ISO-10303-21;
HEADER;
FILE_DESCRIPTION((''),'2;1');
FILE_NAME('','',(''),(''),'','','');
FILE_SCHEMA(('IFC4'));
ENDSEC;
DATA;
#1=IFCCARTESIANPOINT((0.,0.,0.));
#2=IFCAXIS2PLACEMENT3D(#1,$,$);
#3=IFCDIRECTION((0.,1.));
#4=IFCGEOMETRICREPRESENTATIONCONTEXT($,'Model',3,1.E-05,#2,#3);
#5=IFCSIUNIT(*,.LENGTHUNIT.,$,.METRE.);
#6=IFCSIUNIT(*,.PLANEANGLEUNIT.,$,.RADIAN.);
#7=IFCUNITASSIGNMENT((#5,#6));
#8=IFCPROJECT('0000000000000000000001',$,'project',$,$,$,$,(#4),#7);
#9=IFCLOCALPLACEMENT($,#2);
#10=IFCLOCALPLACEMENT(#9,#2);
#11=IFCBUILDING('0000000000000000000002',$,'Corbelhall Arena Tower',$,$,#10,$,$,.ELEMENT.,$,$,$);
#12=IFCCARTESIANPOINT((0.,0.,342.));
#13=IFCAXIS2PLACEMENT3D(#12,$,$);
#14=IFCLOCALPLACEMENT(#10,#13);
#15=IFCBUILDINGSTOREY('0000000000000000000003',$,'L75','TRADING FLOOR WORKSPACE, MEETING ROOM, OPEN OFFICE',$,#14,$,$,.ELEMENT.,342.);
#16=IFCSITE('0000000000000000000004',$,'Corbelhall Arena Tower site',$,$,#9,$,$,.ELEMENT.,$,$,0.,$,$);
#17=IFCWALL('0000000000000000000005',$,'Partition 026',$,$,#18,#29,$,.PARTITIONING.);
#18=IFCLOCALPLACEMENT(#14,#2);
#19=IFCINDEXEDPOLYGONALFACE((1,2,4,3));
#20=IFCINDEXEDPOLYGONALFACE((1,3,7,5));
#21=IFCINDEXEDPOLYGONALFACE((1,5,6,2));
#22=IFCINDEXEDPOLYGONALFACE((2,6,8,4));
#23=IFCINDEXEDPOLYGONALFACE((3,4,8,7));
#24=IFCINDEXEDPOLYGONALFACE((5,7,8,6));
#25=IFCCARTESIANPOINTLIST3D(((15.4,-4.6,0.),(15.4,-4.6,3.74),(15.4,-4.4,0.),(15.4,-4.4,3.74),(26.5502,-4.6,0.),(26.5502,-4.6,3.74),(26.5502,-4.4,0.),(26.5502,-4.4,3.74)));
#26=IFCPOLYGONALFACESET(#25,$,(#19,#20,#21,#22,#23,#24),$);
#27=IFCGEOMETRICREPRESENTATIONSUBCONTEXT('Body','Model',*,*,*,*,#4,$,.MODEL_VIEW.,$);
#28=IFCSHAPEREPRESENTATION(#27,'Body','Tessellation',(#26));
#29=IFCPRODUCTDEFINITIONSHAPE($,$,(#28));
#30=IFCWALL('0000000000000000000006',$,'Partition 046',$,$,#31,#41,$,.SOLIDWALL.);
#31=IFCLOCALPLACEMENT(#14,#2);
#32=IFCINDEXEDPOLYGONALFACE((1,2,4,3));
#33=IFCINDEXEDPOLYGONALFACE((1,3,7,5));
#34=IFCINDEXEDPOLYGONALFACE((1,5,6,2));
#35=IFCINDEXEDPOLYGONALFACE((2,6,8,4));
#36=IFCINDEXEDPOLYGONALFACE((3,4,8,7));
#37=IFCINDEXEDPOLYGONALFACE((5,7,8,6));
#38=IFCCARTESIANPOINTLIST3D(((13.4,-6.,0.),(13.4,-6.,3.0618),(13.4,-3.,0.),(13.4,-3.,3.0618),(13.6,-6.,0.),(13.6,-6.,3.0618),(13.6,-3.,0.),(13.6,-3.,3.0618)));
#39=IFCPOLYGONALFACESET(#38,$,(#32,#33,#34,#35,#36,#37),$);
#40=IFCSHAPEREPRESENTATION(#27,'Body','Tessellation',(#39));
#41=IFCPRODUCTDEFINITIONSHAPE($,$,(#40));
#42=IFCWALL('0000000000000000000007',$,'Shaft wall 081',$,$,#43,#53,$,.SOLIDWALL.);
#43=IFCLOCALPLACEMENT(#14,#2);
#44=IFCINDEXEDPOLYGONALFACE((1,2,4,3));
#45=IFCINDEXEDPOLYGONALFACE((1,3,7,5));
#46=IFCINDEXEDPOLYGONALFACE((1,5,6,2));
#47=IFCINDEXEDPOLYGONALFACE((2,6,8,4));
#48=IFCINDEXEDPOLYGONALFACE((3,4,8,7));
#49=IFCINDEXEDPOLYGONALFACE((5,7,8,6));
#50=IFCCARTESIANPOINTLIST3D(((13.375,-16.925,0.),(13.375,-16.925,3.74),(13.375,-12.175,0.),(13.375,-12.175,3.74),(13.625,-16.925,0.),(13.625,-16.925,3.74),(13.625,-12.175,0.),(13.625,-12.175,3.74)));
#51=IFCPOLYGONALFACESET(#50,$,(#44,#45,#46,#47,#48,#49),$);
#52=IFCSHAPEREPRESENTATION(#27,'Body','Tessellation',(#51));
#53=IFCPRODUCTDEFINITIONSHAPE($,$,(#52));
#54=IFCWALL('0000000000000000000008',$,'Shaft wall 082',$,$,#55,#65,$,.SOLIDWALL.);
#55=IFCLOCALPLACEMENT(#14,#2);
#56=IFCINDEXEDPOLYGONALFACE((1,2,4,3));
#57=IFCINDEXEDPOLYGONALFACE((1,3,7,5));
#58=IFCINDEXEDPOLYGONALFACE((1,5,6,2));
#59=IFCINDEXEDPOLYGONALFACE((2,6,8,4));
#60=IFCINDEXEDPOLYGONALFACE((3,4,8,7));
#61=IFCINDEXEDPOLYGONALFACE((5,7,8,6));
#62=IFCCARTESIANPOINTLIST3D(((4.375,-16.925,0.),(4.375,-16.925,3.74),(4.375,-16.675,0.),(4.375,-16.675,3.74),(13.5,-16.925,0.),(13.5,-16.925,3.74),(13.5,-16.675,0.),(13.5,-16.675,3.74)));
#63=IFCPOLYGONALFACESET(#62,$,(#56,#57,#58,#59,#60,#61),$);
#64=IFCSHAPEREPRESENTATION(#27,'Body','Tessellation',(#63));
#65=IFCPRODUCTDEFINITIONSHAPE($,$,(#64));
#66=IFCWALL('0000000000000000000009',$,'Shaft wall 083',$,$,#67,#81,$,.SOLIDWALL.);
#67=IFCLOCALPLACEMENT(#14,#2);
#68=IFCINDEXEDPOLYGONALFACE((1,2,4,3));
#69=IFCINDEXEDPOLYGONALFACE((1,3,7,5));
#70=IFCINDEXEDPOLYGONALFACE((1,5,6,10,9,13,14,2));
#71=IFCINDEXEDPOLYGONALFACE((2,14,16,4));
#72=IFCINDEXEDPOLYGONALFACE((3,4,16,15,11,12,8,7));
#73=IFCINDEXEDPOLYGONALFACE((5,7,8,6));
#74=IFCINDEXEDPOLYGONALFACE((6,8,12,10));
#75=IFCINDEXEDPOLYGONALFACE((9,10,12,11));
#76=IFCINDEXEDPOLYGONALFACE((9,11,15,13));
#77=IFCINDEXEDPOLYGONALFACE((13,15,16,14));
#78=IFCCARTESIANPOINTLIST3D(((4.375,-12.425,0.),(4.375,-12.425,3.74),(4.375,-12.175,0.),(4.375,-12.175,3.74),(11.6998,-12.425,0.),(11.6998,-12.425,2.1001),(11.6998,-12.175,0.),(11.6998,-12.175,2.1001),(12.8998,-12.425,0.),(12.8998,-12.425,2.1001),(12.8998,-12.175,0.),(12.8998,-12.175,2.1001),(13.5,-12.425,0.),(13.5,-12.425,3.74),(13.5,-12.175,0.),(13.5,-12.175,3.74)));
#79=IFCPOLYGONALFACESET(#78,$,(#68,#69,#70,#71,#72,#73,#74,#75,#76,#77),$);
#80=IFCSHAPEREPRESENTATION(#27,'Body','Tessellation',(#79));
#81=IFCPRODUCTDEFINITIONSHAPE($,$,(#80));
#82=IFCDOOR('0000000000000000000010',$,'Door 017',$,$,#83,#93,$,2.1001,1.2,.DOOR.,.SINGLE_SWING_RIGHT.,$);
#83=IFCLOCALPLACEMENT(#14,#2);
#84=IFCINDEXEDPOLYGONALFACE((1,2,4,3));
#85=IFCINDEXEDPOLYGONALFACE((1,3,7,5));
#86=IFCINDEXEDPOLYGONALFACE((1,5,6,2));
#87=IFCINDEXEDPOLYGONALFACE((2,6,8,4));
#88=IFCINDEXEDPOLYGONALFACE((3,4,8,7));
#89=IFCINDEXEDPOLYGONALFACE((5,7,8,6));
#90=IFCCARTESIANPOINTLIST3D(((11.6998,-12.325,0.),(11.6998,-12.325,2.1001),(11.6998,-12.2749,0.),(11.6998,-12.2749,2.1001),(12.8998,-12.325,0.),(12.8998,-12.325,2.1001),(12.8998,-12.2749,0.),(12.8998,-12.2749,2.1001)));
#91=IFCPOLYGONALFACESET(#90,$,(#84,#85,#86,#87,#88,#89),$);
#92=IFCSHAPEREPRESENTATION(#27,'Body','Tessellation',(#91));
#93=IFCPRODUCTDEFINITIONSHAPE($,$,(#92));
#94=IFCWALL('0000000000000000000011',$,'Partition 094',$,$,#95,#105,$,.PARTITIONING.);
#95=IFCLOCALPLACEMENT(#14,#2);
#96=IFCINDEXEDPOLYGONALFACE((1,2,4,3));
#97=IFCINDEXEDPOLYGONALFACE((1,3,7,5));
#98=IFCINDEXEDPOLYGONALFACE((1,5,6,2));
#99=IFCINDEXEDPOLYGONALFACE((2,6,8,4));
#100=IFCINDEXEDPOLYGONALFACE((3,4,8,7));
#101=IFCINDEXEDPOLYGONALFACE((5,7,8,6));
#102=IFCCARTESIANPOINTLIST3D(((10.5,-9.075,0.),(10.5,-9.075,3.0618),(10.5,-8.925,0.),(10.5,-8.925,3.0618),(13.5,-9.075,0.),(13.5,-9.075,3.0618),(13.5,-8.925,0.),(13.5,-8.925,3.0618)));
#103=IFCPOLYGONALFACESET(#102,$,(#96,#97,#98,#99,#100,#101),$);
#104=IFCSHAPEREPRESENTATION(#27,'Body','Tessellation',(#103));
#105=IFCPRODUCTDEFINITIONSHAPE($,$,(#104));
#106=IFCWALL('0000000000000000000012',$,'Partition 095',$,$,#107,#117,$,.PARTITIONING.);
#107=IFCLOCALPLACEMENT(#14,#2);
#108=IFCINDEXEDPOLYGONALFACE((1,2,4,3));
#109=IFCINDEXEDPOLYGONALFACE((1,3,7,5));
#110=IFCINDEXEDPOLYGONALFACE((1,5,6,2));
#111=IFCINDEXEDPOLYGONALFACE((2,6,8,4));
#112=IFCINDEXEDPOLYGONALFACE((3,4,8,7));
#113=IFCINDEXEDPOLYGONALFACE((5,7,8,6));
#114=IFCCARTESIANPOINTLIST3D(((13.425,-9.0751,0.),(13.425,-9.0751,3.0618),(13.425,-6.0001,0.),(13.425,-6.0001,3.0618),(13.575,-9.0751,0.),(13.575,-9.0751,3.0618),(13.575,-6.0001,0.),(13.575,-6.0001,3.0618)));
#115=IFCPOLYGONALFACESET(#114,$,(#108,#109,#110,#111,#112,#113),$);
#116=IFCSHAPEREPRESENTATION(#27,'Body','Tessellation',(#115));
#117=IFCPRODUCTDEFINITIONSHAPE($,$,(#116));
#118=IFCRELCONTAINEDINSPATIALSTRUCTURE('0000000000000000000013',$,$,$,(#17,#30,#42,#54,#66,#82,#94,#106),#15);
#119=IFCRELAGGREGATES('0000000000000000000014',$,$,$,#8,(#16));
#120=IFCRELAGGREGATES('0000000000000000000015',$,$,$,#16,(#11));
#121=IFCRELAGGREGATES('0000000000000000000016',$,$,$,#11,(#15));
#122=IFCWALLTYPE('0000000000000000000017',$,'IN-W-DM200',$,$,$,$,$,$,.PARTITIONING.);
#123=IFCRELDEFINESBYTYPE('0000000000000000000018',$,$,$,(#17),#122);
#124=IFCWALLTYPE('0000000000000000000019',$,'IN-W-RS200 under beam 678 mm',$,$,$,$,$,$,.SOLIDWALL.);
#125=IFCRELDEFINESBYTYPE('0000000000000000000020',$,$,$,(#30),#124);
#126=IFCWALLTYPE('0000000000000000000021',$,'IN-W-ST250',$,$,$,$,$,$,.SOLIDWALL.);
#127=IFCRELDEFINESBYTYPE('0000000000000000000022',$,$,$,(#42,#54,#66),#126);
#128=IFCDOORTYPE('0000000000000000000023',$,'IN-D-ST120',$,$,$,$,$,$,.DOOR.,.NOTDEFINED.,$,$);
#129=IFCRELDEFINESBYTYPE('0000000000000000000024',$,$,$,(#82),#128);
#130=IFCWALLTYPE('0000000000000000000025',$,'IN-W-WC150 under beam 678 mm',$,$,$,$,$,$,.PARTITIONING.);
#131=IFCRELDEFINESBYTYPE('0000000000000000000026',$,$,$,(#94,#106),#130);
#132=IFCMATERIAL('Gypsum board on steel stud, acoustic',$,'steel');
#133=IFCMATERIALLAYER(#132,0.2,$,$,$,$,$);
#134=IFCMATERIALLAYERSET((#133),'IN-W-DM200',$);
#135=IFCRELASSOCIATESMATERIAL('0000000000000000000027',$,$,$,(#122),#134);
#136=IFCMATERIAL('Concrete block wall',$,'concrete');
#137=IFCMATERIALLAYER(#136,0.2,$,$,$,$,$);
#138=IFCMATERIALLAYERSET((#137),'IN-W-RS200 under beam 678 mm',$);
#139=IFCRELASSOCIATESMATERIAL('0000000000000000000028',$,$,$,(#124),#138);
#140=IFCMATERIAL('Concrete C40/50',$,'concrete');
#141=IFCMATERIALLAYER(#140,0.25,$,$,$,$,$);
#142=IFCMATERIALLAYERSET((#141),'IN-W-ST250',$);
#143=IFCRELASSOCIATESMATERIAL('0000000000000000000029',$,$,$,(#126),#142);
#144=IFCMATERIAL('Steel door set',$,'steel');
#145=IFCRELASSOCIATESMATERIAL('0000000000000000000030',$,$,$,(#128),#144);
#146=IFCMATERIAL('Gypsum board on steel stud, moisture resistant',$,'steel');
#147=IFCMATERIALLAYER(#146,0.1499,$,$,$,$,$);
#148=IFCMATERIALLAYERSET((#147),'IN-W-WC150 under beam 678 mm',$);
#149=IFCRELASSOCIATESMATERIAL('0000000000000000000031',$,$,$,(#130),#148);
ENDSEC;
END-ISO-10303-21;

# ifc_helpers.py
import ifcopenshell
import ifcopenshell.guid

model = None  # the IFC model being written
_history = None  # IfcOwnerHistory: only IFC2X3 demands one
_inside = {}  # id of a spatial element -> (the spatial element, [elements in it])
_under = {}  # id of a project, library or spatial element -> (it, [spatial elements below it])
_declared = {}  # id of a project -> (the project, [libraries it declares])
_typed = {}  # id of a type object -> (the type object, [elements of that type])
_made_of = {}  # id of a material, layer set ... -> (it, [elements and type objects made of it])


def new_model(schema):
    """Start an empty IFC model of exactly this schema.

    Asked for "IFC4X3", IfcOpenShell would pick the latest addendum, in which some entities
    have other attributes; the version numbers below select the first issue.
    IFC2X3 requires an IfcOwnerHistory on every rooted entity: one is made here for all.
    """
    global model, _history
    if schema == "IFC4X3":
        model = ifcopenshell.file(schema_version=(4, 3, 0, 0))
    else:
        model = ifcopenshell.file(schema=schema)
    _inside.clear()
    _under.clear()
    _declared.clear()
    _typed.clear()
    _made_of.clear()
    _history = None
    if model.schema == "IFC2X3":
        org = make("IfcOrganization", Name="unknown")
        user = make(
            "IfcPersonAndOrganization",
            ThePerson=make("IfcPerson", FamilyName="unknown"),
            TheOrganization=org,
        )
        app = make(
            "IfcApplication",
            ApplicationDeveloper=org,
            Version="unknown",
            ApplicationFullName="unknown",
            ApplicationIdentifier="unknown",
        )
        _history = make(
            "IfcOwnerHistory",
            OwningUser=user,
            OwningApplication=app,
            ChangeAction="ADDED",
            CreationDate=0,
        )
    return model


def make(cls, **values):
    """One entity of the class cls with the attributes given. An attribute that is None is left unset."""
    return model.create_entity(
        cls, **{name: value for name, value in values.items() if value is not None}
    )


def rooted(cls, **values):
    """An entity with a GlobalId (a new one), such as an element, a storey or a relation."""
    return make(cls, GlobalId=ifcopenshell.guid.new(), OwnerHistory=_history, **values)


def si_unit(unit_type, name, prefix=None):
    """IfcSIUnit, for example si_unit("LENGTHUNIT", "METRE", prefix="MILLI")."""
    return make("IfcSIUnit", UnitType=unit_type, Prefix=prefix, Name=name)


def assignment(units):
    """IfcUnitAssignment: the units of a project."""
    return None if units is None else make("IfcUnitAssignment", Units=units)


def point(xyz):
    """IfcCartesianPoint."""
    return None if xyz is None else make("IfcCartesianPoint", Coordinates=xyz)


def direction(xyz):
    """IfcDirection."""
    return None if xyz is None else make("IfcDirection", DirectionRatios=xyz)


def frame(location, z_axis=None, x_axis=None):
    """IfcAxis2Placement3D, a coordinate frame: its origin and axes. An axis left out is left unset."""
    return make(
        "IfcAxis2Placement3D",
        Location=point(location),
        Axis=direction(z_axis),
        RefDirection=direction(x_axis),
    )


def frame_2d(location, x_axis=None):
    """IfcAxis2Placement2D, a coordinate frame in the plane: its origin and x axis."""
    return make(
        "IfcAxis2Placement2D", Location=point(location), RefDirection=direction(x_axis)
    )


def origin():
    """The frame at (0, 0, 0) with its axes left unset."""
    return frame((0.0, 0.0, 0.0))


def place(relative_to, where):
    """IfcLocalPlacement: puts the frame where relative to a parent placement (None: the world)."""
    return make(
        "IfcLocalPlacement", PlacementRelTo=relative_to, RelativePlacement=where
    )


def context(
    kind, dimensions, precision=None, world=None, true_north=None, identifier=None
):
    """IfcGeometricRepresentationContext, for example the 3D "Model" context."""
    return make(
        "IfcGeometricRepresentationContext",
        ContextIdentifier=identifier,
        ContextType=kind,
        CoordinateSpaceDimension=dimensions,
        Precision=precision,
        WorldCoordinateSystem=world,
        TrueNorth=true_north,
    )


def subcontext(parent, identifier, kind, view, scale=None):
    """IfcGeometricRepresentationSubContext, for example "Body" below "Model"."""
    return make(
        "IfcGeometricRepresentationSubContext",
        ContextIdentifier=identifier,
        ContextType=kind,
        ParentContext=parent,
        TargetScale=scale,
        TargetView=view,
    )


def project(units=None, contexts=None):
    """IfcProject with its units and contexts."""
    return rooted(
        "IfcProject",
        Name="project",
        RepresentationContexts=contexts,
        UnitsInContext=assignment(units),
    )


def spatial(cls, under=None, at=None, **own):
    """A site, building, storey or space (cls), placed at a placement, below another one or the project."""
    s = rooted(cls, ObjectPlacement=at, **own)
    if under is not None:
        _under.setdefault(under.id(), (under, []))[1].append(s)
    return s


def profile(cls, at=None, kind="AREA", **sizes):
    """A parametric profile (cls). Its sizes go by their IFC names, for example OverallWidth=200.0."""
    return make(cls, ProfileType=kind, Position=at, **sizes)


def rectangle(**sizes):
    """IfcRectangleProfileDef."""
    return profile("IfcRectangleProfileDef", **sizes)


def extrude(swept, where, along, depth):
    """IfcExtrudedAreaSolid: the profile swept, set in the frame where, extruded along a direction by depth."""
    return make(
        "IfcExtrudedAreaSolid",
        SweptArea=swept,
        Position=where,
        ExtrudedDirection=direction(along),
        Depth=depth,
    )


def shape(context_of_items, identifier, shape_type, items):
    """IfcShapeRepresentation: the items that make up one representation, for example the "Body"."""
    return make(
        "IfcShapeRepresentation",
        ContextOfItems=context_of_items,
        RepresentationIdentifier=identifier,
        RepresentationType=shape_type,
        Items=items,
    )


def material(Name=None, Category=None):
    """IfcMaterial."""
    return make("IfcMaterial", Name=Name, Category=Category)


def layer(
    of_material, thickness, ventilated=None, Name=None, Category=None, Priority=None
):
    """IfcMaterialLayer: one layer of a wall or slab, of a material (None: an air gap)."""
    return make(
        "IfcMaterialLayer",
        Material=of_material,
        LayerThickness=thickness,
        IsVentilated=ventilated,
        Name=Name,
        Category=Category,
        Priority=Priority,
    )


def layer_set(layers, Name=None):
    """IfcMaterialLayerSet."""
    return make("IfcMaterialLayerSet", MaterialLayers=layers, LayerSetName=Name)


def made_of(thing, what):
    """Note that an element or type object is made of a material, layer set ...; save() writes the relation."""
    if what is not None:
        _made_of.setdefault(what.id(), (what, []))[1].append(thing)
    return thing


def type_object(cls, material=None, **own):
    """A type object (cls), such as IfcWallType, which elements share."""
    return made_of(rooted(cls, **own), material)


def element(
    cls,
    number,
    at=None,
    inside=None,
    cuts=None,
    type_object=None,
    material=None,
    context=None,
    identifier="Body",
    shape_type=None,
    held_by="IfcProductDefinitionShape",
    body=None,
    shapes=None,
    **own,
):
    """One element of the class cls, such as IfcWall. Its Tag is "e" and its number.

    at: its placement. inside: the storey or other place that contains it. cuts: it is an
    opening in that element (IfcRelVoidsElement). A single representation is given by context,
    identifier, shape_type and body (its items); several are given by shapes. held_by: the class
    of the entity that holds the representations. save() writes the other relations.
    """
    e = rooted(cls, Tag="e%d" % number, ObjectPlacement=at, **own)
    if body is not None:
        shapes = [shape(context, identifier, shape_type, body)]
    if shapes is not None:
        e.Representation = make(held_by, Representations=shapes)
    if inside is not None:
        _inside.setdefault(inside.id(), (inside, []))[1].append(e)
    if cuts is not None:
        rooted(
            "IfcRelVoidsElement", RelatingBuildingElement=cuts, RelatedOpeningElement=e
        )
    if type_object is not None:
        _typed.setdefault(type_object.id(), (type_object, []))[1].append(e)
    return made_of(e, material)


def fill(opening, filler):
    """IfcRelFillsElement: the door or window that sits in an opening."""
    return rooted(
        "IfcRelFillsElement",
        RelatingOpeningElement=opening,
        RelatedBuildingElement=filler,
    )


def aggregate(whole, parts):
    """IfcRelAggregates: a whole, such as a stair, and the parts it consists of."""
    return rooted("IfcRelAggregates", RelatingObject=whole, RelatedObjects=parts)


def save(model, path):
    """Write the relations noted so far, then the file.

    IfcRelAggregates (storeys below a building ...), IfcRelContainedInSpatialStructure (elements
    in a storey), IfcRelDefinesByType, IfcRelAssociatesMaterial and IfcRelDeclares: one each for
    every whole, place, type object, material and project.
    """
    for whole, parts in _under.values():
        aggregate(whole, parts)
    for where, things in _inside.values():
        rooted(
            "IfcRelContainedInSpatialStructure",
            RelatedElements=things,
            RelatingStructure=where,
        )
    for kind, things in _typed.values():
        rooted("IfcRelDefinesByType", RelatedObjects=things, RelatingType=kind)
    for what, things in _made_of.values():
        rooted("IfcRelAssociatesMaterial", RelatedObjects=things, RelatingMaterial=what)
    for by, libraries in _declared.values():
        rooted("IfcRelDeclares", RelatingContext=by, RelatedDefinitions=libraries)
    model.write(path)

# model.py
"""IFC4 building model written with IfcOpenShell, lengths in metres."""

from ifc_helpers import new_model, si_unit, direction, frame, frame_2d, origin, place, context, subcontext, project, spatial, rectangle, extrude, material, layer, layer_set, type_object, element, fill, save


model = new_model("IFC4")

# Units and contexts
model_context = context("Model", 3, precision=1e-05, world=origin(), true_north=direction((0.0, 1.0)))
body_context = subcontext(model_context, "Body", "Model", "MODEL_VIEW")
ifc_project = project(units=[si_unit("LENGTHUNIT", "METRE"), si_unit("PLANEANGLEUNIT", "RADIAN")], contexts=[model_context])

# Site, building, storey
site_placement = place(None, origin())
site = spatial("IfcSite", under=ifc_project, at=site_placement, Name="Corbelhall Arena Tower site", CompositionType="ELEMENT", RefElevation=0.0)
building_placement = place(site_placement, origin())
building = spatial("IfcBuilding", under=site, at=building_placement, Name="Corbelhall Arena Tower", CompositionType="ELEMENT")
storey_placement = place(building_placement, frame((0.0, 0.0, 342.0)))
storey = spatial("IfcBuildingStorey", under=building, at=storey_placement, Name="L75", Description="TRADING FLOOR WORKSPACE, MEETING ROOM, OPEN OFFICE", CompositionType="ELEMENT", Elevation=342.0)

# Walls
ifc_material_1 = material(Name="Gypsum board on steel stud, acoustic", Category="steel")
ifc_layer_1 = layer(ifc_material_1, 0.2)
ifc_layer_set_1 = layer_set([ifc_layer_1], Name="IN-W-DM200")
wall_type_1 = type_object("IfcWallType", Name="IN-W-DM200", PredefinedType="PARTITIONING", material=ifc_layer_set_1)
for number, where, z_axis, x_axis, name in (
    (1, (15.3999, -4.5, 0.0), (0.0, 0.0, 1.0), (1.0, 0.0, 0.0), "Partition 026"),
):
    element("IfcWall", number, at=place(storey_placement, frame(where, z_axis=z_axis, x_axis=x_axis)), inside=storey, type_object=wall_type_1, Name=name, PredefinedType="PARTITIONING", context=body_context, shape_type="SweptSolid", body=[
        extrude(rectangle(XDim=11.1501, YDim=0.2, at=frame_2d((5.5752, 0.0))), origin(), (0.0, 0.0, 1.0), 3.74),
    ])
ifc_material_2 = material(Name="Concrete block wall", Category="concrete")
ifc_layer_2 = layer(ifc_material_2, 0.2)
ifc_layer_set_2 = layer_set([ifc_layer_2], Name="IN-W-RS200 under beam 678 mm")
wall_type_2 = type_object("IfcWallType", Name="IN-W-RS200 under beam 678 mm", PredefinedType="SOLIDWALL", material=ifc_layer_set_2)
wall_1_placement = place(storey_placement, frame((13.5, -3.0, 0.0), z_axis=(0.0, 0.0, 1.0), x_axis=(0.0, -1.0, 0.0)))
element("IfcWall", 2, at=wall_1_placement, inside=storey, type_object=wall_type_2, Name="Partition 046", PredefinedType="SOLIDWALL", context=body_context, shape_type="SweptSolid", body=[
    extrude(rectangle(XDim=3.0, YDim=0.2, at=frame_2d((1.5, 0.0))), origin(), (0.0, 0.0, 1.0), 3.0618),
])
ifc_material_3 = material(Name="Concrete C40/50", Category="concrete")
ifc_layer_3 = layer(ifc_material_3, 0.25)
ifc_layer_set_3 = layer_set([ifc_layer_3], Name="IN-W-ST250")
wall_type_3 = type_object("IfcWallType", Name="IN-W-ST250", PredefinedType="SOLIDWALL", material=ifc_layer_set_3)
wall_2_placement = place(storey_placement, frame((13.5, -16.925, 0.0), z_axis=(0.0, 0.0, 1.0), x_axis=(0.0, 1.0, 0.0)))
element("IfcWall", 3, at=wall_2_placement, inside=storey, type_object=wall_type_3, Name="Shaft wall 081", PredefinedType="SOLIDWALL", context=body_context, shape_type="SweptSolid", body=[
    extrude(rectangle(XDim=4.75, YDim=0.25, at=frame_2d((2.375, 0.0))), origin(), (0.0, 0.0, 1.0), 3.74),
])
wall_3_placement = place(storey_placement, frame((13.5, -16.8, 0.0), z_axis=(0.0, 0.0, 1.0), x_axis=(-1.0, 0.0, 0.0)))
element("IfcWall", 4, at=wall_3_placement, inside=storey, type_object=wall_type_3, Name="Shaft wall 082", PredefinedType="SOLIDWALL", context=body_context, shape_type="SweptSolid", body=[
    extrude(rectangle(XDim=9.125, YDim=0.25, at=frame_2d((4.5625, 0.0))), origin(), (0.0, 0.0, 1.0), 3.74),
])

# Wall, opening, door
wall_4_placement = place(storey_placement, frame((13.5, -12.3, 0.0), z_axis=(0.0, 0.0, 1.0), x_axis=(-1.0, 0.0, 0.0)))
wall_4 = element("IfcWall", 5, at=wall_4_placement, inside=storey, type_object=wall_type_3, Name="Shaft wall 083", PredefinedType="SOLIDWALL", context=body_context, shape_type="SweptSolid", body=[
    extrude(rectangle(XDim=9.125, YDim=0.25, at=frame_2d((4.5625, 0.0))), origin(), (0.0, 0.0, 1.0), 3.74),
])
opening_1_placement = place(wall_4_placement, frame((0.6001, 0.0, 0.0)))
opening_1 = element("IfcOpeningElement", 6, at=opening_1_placement, cuts=wall_4, PredefinedType="OPENING", context=body_context, shape_type="SweptSolid", body=[
    extrude(rectangle(XDim=1.2, YDim=2.1001, at=frame_2d((0.6001, 1.05))), frame((0.0, 0.125, 0.0), z_axis=(0.0, -1.0, 0.0), x_axis=(1.0, 0.0, 0.0)), (0.0, 0.0, 1.0), 0.25),
])
ifc_material_4 = material(Name="Steel door set", Category="steel")
door_type = type_object("IfcDoorType", Name="IN-D-ST120", OperationType="NOTDEFINED", PredefinedType="DOOR", material=ifc_material_4)
door_placement = place(opening_1_placement, origin())
door = element("IfcDoor", 7, at=door_placement, inside=storey, type_object=door_type, Name="Door 017", OperationType="SINGLE_SWING_RIGHT", OverallHeight=2.1001, OverallWidth=1.2, PredefinedType="DOOR", context=body_context, shape_type="SweptSolid", body=[
    extrude(rectangle(XDim=1.2, YDim=2.1001, at=frame_2d((0.6001, 1.05))), frame((0.0, 0.0249, 0.0), z_axis=(0.0, -1.0, 0.0), x_axis=(1.0, 0.0, 0.0)), (0.0, 0.0, 1.0), 0.05),
])
fill(opening_1, door)

# Walls
ifc_material_5 = material(Name="Gypsum board on steel stud, moisture resistant", Category="steel")
ifc_layer_4 = layer(ifc_material_5, 0.1499)
ifc_layer_set_4 = layer_set([ifc_layer_4], Name="IN-W-WC150 under beam 678 mm")
wall_type_4 = type_object("IfcWallType", Name="IN-W-WC150 under beam 678 mm", PredefinedType="PARTITIONING", material=ifc_layer_set_4)
wall_5_placement = place(storey_placement, frame((13.5, -9.0, 0.0), z_axis=(0.0, 0.0, 1.0), x_axis=(-1.0, 0.0, 0.0)))
element("IfcWall", 8, at=wall_5_placement, inside=storey, type_object=wall_type_4, Name="Partition 094", PredefinedType="PARTITIONING", context=body_context, shape_type="SweptSolid", body=[
    extrude(rectangle(XDim=3.0, YDim=0.1499, at=frame_2d((1.5, 0.0))), origin(), (0.0, 0.0, 1.0), 3.0618),
])
wall_6_placement = place(storey_placement, frame((13.5, -6.0, 0.0), z_axis=(0.0, 0.0, 1.0), x_axis=(0.0, -1.0, 0.0)))
element("IfcWall", 9, at=wall_6_placement, inside=storey, type_object=wall_type_4, Name="Partition 095", PredefinedType="PARTITIONING", context=body_context, shape_type="SweptSolid", body=[
    extrude(rectangle(XDim=3.075, YDim=0.1499, at=frame_2d((1.5376, 0.0))), origin(), (0.0, 0.0, 1.0), 3.0618),
])

save(model, "model.ifc")
